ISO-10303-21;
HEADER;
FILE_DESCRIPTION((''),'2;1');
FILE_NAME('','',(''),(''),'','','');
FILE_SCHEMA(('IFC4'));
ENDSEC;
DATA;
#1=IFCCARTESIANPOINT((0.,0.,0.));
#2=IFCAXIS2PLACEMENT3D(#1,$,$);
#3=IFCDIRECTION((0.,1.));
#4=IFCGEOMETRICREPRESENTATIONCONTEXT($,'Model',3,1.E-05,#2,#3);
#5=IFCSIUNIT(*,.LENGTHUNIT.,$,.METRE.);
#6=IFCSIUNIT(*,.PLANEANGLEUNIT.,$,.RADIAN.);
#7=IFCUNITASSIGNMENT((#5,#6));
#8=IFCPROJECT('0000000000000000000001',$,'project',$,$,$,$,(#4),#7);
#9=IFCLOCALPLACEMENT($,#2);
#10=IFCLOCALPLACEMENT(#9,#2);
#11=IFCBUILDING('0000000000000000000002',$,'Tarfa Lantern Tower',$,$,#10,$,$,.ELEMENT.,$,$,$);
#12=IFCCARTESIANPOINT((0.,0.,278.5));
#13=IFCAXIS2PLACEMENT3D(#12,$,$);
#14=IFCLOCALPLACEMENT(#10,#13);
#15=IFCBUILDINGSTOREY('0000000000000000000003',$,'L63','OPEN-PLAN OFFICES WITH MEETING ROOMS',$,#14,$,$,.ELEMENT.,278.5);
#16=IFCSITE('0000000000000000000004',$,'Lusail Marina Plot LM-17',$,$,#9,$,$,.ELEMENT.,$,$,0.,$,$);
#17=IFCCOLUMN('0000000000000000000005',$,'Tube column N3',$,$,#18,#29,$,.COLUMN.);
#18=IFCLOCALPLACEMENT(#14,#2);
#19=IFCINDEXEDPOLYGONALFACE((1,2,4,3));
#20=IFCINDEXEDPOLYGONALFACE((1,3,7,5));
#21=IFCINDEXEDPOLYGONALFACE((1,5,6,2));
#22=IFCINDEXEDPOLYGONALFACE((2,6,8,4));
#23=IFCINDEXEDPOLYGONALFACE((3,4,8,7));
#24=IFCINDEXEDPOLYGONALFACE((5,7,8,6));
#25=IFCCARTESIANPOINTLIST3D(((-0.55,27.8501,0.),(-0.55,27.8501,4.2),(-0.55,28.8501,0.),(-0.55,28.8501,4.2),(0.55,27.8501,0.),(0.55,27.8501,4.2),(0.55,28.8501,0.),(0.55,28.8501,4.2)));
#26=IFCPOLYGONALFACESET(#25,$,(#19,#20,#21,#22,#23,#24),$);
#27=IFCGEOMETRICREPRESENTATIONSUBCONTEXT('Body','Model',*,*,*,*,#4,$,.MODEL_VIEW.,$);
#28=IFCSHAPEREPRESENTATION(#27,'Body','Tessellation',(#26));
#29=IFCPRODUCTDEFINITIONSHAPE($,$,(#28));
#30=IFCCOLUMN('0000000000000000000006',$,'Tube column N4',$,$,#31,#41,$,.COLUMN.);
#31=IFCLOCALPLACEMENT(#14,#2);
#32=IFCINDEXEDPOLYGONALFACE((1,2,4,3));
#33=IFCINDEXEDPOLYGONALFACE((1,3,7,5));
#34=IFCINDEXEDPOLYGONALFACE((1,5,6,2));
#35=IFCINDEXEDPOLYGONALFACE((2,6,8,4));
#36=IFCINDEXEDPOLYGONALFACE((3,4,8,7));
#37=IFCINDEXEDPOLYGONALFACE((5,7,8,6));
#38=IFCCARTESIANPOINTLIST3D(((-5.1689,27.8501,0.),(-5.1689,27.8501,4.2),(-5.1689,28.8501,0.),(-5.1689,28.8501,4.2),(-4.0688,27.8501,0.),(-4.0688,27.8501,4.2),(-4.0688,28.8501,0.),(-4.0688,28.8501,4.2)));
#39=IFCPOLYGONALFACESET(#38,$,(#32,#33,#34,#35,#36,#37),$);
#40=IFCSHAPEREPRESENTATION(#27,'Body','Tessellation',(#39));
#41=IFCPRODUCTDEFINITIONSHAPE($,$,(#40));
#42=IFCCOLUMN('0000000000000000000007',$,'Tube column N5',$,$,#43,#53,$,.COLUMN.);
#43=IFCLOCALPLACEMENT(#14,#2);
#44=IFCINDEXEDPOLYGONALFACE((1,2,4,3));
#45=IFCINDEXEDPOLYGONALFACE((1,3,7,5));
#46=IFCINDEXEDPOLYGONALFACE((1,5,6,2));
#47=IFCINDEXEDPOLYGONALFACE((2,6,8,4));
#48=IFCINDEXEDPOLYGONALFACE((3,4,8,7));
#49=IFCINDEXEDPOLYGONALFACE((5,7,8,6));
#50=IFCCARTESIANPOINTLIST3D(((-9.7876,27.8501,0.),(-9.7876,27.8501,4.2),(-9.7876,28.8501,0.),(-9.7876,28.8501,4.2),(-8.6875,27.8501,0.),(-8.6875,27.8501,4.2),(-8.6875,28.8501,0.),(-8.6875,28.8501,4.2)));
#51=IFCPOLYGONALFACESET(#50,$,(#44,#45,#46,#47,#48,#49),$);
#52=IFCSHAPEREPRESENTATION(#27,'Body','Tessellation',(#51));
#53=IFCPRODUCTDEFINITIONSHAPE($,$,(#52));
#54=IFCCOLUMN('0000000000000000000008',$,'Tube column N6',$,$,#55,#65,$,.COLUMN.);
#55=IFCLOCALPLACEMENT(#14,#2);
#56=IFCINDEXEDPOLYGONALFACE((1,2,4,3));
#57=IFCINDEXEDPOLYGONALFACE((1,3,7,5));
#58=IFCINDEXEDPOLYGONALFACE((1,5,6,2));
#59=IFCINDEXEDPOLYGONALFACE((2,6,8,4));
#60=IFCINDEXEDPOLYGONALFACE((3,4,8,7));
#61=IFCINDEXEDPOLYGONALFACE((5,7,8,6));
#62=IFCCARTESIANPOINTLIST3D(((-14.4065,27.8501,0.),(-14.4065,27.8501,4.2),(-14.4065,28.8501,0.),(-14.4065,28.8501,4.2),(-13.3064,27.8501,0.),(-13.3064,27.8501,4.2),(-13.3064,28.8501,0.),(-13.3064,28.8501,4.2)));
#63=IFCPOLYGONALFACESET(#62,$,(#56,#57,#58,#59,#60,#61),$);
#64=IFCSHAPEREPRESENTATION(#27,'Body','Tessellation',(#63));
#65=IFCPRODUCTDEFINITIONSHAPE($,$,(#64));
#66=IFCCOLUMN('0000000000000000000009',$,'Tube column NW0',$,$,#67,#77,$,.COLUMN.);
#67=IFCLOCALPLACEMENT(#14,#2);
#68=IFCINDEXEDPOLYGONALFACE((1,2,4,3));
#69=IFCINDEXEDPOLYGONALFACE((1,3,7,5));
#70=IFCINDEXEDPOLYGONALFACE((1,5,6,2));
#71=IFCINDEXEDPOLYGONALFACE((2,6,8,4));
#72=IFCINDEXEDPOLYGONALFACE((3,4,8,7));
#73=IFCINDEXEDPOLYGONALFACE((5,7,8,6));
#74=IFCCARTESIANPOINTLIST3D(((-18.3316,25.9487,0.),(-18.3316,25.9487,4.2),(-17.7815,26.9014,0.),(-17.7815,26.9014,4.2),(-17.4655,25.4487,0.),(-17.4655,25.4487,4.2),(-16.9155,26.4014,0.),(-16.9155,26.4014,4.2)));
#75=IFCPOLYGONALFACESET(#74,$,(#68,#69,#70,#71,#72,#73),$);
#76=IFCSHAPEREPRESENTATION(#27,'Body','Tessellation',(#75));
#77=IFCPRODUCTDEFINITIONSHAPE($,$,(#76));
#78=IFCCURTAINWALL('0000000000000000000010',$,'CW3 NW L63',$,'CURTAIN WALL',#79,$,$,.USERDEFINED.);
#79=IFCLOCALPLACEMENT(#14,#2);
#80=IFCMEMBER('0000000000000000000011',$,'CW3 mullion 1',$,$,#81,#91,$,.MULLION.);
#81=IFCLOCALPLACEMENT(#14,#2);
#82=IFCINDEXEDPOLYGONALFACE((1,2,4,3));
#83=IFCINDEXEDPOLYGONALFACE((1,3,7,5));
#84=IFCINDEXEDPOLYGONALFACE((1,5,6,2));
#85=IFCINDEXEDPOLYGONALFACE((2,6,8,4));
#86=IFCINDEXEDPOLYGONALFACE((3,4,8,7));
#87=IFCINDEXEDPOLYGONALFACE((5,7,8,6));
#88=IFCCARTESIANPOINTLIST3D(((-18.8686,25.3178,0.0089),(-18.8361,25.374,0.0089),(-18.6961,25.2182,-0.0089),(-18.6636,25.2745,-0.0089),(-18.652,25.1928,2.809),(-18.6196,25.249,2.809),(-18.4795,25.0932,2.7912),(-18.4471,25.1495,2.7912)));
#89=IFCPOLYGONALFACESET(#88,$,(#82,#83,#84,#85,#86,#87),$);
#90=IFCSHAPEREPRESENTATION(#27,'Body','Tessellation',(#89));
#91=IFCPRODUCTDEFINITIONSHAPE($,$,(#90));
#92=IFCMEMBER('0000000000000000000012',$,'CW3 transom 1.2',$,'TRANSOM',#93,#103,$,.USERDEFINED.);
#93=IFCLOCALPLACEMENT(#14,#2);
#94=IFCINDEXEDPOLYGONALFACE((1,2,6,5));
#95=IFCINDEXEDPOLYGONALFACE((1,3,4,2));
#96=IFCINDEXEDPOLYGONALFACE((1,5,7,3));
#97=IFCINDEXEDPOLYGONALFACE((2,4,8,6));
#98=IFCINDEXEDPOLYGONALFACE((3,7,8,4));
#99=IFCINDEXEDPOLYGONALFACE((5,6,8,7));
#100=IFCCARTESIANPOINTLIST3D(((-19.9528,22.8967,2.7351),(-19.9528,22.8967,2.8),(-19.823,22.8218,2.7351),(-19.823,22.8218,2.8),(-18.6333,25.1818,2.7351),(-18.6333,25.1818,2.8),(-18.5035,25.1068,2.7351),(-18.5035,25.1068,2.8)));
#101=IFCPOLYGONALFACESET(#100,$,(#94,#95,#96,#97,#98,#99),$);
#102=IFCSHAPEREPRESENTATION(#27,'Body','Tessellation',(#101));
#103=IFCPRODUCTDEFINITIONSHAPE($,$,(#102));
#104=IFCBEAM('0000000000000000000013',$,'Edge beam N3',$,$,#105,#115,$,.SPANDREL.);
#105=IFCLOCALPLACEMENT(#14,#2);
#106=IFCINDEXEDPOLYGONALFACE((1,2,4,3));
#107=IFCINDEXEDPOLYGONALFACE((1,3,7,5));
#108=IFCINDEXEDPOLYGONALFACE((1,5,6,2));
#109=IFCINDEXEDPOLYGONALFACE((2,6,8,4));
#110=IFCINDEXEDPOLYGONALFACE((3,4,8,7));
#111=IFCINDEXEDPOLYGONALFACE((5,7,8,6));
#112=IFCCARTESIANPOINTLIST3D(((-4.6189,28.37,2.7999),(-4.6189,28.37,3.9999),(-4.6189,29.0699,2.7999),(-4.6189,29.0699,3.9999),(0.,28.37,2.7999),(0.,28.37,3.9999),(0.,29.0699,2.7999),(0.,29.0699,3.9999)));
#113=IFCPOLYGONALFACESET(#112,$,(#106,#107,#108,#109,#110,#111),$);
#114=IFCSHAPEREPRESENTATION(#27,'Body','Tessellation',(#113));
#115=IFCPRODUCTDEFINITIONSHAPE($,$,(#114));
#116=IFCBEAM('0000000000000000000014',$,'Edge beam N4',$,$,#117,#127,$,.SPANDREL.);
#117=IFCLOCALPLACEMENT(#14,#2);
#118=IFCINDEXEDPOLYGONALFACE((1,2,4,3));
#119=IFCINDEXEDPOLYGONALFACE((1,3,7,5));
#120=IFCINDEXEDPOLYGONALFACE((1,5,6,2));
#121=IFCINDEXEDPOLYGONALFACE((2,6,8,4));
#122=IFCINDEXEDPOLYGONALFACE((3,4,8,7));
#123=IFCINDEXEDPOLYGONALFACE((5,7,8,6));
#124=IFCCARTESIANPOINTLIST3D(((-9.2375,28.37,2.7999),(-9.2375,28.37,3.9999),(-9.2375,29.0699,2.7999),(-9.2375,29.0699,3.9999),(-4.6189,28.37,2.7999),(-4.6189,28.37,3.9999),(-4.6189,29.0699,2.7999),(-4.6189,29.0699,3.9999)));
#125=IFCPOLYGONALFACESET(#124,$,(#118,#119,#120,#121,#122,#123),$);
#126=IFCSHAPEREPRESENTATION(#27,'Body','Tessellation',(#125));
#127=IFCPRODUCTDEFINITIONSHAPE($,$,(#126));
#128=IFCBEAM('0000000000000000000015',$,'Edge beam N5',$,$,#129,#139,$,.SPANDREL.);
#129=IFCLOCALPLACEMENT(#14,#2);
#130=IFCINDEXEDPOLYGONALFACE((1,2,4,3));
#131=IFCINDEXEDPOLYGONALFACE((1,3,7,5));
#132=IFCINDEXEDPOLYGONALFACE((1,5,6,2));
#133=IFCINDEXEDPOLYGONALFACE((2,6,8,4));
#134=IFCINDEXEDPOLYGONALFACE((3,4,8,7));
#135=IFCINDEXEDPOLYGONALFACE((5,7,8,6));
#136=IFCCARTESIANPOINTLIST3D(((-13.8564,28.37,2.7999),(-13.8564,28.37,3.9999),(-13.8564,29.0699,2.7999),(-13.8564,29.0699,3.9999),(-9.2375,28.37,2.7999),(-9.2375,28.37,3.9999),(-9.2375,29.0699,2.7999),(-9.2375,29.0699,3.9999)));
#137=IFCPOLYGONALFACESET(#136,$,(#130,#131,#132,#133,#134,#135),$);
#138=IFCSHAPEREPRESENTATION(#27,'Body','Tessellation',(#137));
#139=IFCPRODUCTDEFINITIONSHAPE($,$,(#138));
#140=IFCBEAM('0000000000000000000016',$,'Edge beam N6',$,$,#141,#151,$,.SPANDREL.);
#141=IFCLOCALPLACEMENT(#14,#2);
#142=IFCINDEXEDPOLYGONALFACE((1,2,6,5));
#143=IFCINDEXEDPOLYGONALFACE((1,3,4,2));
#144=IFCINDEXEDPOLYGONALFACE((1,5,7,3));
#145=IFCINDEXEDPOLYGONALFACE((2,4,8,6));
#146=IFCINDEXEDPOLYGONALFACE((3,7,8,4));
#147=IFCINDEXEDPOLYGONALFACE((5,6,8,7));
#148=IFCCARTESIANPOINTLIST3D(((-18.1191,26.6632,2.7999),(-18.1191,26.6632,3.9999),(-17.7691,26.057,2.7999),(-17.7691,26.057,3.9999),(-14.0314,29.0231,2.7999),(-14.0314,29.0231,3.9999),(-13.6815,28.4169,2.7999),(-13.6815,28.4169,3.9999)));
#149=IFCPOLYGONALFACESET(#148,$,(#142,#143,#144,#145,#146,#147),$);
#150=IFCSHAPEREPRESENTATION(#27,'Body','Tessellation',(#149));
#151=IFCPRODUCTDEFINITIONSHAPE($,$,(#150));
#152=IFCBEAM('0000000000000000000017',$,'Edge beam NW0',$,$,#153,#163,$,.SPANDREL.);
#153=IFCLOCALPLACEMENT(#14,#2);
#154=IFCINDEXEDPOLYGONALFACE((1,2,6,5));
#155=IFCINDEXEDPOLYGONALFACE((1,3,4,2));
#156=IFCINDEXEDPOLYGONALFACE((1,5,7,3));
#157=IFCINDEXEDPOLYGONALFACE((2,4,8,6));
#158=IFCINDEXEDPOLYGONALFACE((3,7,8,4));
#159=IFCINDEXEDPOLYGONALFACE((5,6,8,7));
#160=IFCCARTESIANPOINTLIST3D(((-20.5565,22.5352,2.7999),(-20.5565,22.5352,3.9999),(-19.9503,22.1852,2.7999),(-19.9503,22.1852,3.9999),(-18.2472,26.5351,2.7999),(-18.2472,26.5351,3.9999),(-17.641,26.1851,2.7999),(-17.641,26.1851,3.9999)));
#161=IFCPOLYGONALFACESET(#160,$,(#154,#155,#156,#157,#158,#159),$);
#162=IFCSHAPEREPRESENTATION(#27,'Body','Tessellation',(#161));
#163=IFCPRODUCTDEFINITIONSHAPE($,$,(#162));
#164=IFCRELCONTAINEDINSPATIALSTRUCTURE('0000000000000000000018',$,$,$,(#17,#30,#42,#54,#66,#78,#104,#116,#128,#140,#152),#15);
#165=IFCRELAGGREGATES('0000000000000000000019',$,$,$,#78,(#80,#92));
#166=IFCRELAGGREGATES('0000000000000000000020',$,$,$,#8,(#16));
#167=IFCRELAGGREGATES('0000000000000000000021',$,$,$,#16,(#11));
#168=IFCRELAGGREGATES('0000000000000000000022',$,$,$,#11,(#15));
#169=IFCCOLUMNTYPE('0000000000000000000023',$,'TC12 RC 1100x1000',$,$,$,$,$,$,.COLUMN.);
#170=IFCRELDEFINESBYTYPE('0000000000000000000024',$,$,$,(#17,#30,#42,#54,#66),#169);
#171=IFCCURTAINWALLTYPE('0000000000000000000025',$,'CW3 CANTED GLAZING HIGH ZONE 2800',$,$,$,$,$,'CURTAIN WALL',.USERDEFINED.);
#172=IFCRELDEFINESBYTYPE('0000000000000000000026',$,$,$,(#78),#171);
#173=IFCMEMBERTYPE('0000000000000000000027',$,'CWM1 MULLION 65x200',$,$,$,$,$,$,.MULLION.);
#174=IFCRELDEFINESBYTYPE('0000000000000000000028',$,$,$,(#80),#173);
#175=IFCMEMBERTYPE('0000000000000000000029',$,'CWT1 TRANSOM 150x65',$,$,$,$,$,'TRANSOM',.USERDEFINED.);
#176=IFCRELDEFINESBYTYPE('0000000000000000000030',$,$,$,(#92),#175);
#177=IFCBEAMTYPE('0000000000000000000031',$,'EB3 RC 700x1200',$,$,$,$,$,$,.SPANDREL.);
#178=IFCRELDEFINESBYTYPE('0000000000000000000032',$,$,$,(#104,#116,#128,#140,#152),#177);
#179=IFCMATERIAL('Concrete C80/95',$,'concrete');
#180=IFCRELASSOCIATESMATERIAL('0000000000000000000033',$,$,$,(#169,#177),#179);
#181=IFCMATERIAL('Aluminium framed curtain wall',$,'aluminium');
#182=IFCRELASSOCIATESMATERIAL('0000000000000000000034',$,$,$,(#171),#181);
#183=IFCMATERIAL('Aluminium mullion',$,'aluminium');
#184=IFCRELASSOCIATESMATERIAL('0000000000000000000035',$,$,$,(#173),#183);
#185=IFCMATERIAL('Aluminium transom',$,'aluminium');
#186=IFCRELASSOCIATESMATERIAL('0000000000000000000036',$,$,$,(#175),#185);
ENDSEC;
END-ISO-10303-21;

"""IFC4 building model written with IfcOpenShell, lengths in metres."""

from ifc_helpers import new_model, si_unit, direction, frame, origin, origin_2d, place, context, subcontext, project, spatial, rectangle, extrude, material, material_profile, profile_set, type_object, element, aggregate, save


model = new_model("IFC4")

# Units and contexts
model_context = context("Model", 3, precision=1e-05, world=origin(), true_north=direction((0.0, 1.0)))
body_context = subcontext(model_context, "Body", "Model", "MODEL_VIEW")
ifc_project = project(units=[si_unit("LENGTHUNIT", "METRE"), si_unit("PLANEANGLEUNIT", "RADIAN")], contexts=[model_context])

# Site, building, storey
site_placement = place(None, origin())
site = spatial("IfcSite", under=ifc_project, at=site_placement, Name="Lusail Marina Plot LM-17", CompositionType="ELEMENT", RefElevation=0.0)
building_placement = place(site_placement, origin())
building = spatial("IfcBuilding", under=site, at=building_placement, Name="Tarfa Lantern Tower", CompositionType="ELEMENT")
storey_placement = place(building_placement, frame((0.0, 0.0, 278.5)))
storey = spatial("IfcBuildingStorey", under=building, at=storey_placement, Name="L63", Description="OPEN-PLAN OFFICES WITH MEETING ROOMS", CompositionType="ELEMENT", Elevation=278.5)

# Columns
ifc_material_1 = material(Name="Concrete C80/95", Category="concrete")
ifc_material_profile_1 = material_profile(ifc_material_1, rectangle(XDim=1.1001, YDim=1.0, at=origin_2d()), Name="RC 1100x1000")
ifc_profile_set_1 = profile_set([ifc_material_profile_1], Name="Concrete C80/95")
column_type = type_object("IfcColumnType", Name="TC12 RC 1100x1000", PredefinedType="COLUMN", material=ifc_profile_set_1)
for number, where, z_axis, x_axis, name in (
    (1, (0.0, 28.3501, 0.0), (0.0, 0.0, 1.0), (-1.0, 0.0, 0.0), "Tube column N3"),
    (2, (-4.6189, 28.3501, 0.0), (0.0, 0.0, 1.0), (-1.0, 0.0, 0.0), "Tube column N4"),
    (3, (-9.2375, 28.3501, 0.0), (0.0, 0.0, 1.0), (-1.0, 0.0, 0.0), "Tube column N5"),
    (4, (-13.8564, 28.3501, 0.0), (0.0, 0.0, 1.0), (-1.0, 0.0, 0.0), "Tube column N6"),
    (5, (-17.6235, 26.175, 0.0), (0.0, 0.0, 1.0), (-0.5, -0.866025, 0.0), "Tube column NW0"),
):
    element("IfcColumn", number, at=place(storey_placement, frame(where, z_axis=z_axis, x_axis=x_axis)), inside=storey, type_object=column_type, Name=name, PredefinedType="COLUMN", context=body_context, shape_type="SweptSolid", body=[
        extrude(rectangle(XDim=1.1001, YDim=1.0, at=origin_2d()), origin(), (0.0, 0.0, 1.0), 4.2),
    ])

# Curtain wall, members
ifc_material_2 = material(Name="Aluminium framed curtain wall", Category="aluminium")
curtain_wall_type = type_object("IfcCurtainWallType", Name="CW3 CANTED GLAZING HIGH ZONE 2800", ElementType="CURTAIN WALL", PredefinedType="USERDEFINED", material=ifc_material_2)
curtain_wall_placement = place(storey_placement, origin())
curtain_wall = element("IfcCurtainWall", 6, at=curtain_wall_placement, inside=storey, type_object=curtain_wall_type, Name="CW3 NW L63", ObjectType="CURTAIN WALL", PredefinedType="USERDEFINED")
ifc_material_3 = material(Name="Aluminium mullion", Category="aluminium")
ifc_material_profile_2 = material_profile(ifc_material_3, rectangle(XDim=0.0649, YDim=0.2, at=origin_2d()), Name="AL MULLION 65x200")
ifc_profile_set_2 = profile_set([ifc_material_profile_2], Name="Aluminium mullion")
member_type_1 = type_object("IfcMemberType", Name="CWM1 MULLION 65x200", PredefinedType="MULLION", material=ifc_profile_set_2)
member_1_placement = place(storey_placement, frame((-18.7661, 25.2961, 0.0), z_axis=(0.077032, -0.044465, 0.996037), x_axis=(0.49992, 0.866072, 0.0)))
member_1 = element("IfcMember", 7, at=member_1_placement, type_object=member_type_1, Name="CW3 mullion 1", PredefinedType="MULLION", context=body_context, shape_type="SweptSolid", body=[
    extrude(rectangle(XDim=0.0649, YDim=0.2, at=origin_2d()), origin(), (0.0, 0.0, 1.0), 2.8113),
])
ifc_material_4 = material(Name="Aluminium transom", Category="aluminium")
ifc_material_profile_3 = material_profile(ifc_material_4, rectangle(XDim=0.1499, YDim=0.0649, at=origin_2d()), Name="AL TRANSOM 150x65")
ifc_profile_set_3 = profile_set([ifc_material_profile_3], Name="Aluminium transom")
member_type_2 = type_object("IfcMemberType", Name="CWT1 TRANSOM 150x65", ElementType="TRANSOM", PredefinedType="USERDEFINED", material=ifc_profile_set_3)
member_2_placement = place(storey_placement, frame((-18.5684, 25.1443, 2.7676), z_axis=(-0.500069, -0.865985, 0.0), x_axis=(0.865985, -0.500069, 0.0)))
member_2 = element("IfcMember", 8, at=member_2_placement, type_object=member_type_2, Name="CW3 transom 1.2", ObjectType="TRANSOM", PredefinedType="USERDEFINED", context=body_context, shape_type="SweptSolid", body=[
    extrude(rectangle(XDim=0.1499, YDim=0.0649, at=origin_2d()), origin(), (0.0, 0.0, 1.0), 2.6387),
])

# Beams
ifc_material_profile_4 = material_profile(ifc_material_1, rectangle(XDim=0.7, YDim=1.2, at=origin_2d()), Name="RC 700x1200")
ifc_profile_set_4 = profile_set([ifc_material_profile_4], Name="Concrete C80/95")
beam_type_1 = type_object("IfcBeamType", Name="EB3 RC 700x1200", PredefinedType="SPANDREL", material=ifc_profile_set_4)
beam_1_placement = place(storey_placement, frame((0.0, 28.72, 3.3999), z_axis=(-1.0, 0.0, 0.0), x_axis=(0.0, -1.0, 0.0)))
element("IfcBeam", 9, at=beam_1_placement, inside=storey, type_object=beam_type_1, Name="Edge beam N3", PredefinedType="SPANDREL", context=body_context, shape_type="SweptSolid", body=[
    extrude(rectangle(XDim=0.7, YDim=1.2, at=origin_2d()), origin(), (0.0, 0.0, 1.0), 4.6189),
])
beam_2_placement = place(storey_placement, frame((-4.6189, 28.72, 3.3999), z_axis=(-1.0, 0.0, 0.0), x_axis=(0.0, -1.0, 0.0)))
element("IfcBeam", 10, at=beam_2_placement, inside=storey, type_object=beam_type_1, Name="Edge beam N4", PredefinedType="SPANDREL", context=body_context, shape_type="SweptSolid", body=[
    extrude(rectangle(XDim=0.7, YDim=1.2, at=origin_2d()), origin(), (0.0, 0.0, 1.0), 4.6187),
])
beam_3_placement = place(storey_placement, frame((-9.2375, 28.72, 3.3999), z_axis=(-1.0, 0.0, 0.0), x_axis=(0.0, -1.0, 0.0)))
element("IfcBeam", 11, at=beam_3_placement, inside=storey, type_object=beam_type_1, Name="Edge beam N5", PredefinedType="SPANDREL", context=body_context, shape_type="SweptSolid", body=[
    extrude(rectangle(XDim=0.7, YDim=1.2, at=origin_2d()), origin(), (0.0, 0.0, 1.0), 4.6189),
])
beam_4_placement = place(storey_placement, frame((-13.8564, 28.72, 3.3999), z_axis=(-0.866038, -0.499978, 0.0), x_axis=(0.499978, -0.866038, 0.0)))
element("IfcBeam", 12, at=beam_4_placement, inside=storey, type_object=beam_type_1, Name="Edge beam N6", PredefinedType="SPANDREL", context=body_context, shape_type="SweptSolid", body=[
    extrude(rectangle(XDim=0.7, YDim=1.2, at=origin_2d()), origin(), (0.0, 0.0, 1.0), 4.72),
])
beam_5_placement = place(storey_placement, frame((-17.9441, 26.3601, 3.3999), z_axis=(-0.499988, -0.866032, 0.0), x_axis=(0.866032, -0.499988, 0.0)))
element("IfcBeam", 13, at=beam_5_placement, inside=storey, type_object=beam_type_1, Name="Edge beam NW0", PredefinedType="SPANDREL", context=body_context, shape_type="SweptSolid", body=[
    extrude(rectangle(XDim=0.7, YDim=1.2, at=origin_2d()), origin(), (0.0, 0.0, 1.0), 4.6187),
])

aggregate(curtain_wall, [member_1, member_2])

save(model, "model.ifc")
